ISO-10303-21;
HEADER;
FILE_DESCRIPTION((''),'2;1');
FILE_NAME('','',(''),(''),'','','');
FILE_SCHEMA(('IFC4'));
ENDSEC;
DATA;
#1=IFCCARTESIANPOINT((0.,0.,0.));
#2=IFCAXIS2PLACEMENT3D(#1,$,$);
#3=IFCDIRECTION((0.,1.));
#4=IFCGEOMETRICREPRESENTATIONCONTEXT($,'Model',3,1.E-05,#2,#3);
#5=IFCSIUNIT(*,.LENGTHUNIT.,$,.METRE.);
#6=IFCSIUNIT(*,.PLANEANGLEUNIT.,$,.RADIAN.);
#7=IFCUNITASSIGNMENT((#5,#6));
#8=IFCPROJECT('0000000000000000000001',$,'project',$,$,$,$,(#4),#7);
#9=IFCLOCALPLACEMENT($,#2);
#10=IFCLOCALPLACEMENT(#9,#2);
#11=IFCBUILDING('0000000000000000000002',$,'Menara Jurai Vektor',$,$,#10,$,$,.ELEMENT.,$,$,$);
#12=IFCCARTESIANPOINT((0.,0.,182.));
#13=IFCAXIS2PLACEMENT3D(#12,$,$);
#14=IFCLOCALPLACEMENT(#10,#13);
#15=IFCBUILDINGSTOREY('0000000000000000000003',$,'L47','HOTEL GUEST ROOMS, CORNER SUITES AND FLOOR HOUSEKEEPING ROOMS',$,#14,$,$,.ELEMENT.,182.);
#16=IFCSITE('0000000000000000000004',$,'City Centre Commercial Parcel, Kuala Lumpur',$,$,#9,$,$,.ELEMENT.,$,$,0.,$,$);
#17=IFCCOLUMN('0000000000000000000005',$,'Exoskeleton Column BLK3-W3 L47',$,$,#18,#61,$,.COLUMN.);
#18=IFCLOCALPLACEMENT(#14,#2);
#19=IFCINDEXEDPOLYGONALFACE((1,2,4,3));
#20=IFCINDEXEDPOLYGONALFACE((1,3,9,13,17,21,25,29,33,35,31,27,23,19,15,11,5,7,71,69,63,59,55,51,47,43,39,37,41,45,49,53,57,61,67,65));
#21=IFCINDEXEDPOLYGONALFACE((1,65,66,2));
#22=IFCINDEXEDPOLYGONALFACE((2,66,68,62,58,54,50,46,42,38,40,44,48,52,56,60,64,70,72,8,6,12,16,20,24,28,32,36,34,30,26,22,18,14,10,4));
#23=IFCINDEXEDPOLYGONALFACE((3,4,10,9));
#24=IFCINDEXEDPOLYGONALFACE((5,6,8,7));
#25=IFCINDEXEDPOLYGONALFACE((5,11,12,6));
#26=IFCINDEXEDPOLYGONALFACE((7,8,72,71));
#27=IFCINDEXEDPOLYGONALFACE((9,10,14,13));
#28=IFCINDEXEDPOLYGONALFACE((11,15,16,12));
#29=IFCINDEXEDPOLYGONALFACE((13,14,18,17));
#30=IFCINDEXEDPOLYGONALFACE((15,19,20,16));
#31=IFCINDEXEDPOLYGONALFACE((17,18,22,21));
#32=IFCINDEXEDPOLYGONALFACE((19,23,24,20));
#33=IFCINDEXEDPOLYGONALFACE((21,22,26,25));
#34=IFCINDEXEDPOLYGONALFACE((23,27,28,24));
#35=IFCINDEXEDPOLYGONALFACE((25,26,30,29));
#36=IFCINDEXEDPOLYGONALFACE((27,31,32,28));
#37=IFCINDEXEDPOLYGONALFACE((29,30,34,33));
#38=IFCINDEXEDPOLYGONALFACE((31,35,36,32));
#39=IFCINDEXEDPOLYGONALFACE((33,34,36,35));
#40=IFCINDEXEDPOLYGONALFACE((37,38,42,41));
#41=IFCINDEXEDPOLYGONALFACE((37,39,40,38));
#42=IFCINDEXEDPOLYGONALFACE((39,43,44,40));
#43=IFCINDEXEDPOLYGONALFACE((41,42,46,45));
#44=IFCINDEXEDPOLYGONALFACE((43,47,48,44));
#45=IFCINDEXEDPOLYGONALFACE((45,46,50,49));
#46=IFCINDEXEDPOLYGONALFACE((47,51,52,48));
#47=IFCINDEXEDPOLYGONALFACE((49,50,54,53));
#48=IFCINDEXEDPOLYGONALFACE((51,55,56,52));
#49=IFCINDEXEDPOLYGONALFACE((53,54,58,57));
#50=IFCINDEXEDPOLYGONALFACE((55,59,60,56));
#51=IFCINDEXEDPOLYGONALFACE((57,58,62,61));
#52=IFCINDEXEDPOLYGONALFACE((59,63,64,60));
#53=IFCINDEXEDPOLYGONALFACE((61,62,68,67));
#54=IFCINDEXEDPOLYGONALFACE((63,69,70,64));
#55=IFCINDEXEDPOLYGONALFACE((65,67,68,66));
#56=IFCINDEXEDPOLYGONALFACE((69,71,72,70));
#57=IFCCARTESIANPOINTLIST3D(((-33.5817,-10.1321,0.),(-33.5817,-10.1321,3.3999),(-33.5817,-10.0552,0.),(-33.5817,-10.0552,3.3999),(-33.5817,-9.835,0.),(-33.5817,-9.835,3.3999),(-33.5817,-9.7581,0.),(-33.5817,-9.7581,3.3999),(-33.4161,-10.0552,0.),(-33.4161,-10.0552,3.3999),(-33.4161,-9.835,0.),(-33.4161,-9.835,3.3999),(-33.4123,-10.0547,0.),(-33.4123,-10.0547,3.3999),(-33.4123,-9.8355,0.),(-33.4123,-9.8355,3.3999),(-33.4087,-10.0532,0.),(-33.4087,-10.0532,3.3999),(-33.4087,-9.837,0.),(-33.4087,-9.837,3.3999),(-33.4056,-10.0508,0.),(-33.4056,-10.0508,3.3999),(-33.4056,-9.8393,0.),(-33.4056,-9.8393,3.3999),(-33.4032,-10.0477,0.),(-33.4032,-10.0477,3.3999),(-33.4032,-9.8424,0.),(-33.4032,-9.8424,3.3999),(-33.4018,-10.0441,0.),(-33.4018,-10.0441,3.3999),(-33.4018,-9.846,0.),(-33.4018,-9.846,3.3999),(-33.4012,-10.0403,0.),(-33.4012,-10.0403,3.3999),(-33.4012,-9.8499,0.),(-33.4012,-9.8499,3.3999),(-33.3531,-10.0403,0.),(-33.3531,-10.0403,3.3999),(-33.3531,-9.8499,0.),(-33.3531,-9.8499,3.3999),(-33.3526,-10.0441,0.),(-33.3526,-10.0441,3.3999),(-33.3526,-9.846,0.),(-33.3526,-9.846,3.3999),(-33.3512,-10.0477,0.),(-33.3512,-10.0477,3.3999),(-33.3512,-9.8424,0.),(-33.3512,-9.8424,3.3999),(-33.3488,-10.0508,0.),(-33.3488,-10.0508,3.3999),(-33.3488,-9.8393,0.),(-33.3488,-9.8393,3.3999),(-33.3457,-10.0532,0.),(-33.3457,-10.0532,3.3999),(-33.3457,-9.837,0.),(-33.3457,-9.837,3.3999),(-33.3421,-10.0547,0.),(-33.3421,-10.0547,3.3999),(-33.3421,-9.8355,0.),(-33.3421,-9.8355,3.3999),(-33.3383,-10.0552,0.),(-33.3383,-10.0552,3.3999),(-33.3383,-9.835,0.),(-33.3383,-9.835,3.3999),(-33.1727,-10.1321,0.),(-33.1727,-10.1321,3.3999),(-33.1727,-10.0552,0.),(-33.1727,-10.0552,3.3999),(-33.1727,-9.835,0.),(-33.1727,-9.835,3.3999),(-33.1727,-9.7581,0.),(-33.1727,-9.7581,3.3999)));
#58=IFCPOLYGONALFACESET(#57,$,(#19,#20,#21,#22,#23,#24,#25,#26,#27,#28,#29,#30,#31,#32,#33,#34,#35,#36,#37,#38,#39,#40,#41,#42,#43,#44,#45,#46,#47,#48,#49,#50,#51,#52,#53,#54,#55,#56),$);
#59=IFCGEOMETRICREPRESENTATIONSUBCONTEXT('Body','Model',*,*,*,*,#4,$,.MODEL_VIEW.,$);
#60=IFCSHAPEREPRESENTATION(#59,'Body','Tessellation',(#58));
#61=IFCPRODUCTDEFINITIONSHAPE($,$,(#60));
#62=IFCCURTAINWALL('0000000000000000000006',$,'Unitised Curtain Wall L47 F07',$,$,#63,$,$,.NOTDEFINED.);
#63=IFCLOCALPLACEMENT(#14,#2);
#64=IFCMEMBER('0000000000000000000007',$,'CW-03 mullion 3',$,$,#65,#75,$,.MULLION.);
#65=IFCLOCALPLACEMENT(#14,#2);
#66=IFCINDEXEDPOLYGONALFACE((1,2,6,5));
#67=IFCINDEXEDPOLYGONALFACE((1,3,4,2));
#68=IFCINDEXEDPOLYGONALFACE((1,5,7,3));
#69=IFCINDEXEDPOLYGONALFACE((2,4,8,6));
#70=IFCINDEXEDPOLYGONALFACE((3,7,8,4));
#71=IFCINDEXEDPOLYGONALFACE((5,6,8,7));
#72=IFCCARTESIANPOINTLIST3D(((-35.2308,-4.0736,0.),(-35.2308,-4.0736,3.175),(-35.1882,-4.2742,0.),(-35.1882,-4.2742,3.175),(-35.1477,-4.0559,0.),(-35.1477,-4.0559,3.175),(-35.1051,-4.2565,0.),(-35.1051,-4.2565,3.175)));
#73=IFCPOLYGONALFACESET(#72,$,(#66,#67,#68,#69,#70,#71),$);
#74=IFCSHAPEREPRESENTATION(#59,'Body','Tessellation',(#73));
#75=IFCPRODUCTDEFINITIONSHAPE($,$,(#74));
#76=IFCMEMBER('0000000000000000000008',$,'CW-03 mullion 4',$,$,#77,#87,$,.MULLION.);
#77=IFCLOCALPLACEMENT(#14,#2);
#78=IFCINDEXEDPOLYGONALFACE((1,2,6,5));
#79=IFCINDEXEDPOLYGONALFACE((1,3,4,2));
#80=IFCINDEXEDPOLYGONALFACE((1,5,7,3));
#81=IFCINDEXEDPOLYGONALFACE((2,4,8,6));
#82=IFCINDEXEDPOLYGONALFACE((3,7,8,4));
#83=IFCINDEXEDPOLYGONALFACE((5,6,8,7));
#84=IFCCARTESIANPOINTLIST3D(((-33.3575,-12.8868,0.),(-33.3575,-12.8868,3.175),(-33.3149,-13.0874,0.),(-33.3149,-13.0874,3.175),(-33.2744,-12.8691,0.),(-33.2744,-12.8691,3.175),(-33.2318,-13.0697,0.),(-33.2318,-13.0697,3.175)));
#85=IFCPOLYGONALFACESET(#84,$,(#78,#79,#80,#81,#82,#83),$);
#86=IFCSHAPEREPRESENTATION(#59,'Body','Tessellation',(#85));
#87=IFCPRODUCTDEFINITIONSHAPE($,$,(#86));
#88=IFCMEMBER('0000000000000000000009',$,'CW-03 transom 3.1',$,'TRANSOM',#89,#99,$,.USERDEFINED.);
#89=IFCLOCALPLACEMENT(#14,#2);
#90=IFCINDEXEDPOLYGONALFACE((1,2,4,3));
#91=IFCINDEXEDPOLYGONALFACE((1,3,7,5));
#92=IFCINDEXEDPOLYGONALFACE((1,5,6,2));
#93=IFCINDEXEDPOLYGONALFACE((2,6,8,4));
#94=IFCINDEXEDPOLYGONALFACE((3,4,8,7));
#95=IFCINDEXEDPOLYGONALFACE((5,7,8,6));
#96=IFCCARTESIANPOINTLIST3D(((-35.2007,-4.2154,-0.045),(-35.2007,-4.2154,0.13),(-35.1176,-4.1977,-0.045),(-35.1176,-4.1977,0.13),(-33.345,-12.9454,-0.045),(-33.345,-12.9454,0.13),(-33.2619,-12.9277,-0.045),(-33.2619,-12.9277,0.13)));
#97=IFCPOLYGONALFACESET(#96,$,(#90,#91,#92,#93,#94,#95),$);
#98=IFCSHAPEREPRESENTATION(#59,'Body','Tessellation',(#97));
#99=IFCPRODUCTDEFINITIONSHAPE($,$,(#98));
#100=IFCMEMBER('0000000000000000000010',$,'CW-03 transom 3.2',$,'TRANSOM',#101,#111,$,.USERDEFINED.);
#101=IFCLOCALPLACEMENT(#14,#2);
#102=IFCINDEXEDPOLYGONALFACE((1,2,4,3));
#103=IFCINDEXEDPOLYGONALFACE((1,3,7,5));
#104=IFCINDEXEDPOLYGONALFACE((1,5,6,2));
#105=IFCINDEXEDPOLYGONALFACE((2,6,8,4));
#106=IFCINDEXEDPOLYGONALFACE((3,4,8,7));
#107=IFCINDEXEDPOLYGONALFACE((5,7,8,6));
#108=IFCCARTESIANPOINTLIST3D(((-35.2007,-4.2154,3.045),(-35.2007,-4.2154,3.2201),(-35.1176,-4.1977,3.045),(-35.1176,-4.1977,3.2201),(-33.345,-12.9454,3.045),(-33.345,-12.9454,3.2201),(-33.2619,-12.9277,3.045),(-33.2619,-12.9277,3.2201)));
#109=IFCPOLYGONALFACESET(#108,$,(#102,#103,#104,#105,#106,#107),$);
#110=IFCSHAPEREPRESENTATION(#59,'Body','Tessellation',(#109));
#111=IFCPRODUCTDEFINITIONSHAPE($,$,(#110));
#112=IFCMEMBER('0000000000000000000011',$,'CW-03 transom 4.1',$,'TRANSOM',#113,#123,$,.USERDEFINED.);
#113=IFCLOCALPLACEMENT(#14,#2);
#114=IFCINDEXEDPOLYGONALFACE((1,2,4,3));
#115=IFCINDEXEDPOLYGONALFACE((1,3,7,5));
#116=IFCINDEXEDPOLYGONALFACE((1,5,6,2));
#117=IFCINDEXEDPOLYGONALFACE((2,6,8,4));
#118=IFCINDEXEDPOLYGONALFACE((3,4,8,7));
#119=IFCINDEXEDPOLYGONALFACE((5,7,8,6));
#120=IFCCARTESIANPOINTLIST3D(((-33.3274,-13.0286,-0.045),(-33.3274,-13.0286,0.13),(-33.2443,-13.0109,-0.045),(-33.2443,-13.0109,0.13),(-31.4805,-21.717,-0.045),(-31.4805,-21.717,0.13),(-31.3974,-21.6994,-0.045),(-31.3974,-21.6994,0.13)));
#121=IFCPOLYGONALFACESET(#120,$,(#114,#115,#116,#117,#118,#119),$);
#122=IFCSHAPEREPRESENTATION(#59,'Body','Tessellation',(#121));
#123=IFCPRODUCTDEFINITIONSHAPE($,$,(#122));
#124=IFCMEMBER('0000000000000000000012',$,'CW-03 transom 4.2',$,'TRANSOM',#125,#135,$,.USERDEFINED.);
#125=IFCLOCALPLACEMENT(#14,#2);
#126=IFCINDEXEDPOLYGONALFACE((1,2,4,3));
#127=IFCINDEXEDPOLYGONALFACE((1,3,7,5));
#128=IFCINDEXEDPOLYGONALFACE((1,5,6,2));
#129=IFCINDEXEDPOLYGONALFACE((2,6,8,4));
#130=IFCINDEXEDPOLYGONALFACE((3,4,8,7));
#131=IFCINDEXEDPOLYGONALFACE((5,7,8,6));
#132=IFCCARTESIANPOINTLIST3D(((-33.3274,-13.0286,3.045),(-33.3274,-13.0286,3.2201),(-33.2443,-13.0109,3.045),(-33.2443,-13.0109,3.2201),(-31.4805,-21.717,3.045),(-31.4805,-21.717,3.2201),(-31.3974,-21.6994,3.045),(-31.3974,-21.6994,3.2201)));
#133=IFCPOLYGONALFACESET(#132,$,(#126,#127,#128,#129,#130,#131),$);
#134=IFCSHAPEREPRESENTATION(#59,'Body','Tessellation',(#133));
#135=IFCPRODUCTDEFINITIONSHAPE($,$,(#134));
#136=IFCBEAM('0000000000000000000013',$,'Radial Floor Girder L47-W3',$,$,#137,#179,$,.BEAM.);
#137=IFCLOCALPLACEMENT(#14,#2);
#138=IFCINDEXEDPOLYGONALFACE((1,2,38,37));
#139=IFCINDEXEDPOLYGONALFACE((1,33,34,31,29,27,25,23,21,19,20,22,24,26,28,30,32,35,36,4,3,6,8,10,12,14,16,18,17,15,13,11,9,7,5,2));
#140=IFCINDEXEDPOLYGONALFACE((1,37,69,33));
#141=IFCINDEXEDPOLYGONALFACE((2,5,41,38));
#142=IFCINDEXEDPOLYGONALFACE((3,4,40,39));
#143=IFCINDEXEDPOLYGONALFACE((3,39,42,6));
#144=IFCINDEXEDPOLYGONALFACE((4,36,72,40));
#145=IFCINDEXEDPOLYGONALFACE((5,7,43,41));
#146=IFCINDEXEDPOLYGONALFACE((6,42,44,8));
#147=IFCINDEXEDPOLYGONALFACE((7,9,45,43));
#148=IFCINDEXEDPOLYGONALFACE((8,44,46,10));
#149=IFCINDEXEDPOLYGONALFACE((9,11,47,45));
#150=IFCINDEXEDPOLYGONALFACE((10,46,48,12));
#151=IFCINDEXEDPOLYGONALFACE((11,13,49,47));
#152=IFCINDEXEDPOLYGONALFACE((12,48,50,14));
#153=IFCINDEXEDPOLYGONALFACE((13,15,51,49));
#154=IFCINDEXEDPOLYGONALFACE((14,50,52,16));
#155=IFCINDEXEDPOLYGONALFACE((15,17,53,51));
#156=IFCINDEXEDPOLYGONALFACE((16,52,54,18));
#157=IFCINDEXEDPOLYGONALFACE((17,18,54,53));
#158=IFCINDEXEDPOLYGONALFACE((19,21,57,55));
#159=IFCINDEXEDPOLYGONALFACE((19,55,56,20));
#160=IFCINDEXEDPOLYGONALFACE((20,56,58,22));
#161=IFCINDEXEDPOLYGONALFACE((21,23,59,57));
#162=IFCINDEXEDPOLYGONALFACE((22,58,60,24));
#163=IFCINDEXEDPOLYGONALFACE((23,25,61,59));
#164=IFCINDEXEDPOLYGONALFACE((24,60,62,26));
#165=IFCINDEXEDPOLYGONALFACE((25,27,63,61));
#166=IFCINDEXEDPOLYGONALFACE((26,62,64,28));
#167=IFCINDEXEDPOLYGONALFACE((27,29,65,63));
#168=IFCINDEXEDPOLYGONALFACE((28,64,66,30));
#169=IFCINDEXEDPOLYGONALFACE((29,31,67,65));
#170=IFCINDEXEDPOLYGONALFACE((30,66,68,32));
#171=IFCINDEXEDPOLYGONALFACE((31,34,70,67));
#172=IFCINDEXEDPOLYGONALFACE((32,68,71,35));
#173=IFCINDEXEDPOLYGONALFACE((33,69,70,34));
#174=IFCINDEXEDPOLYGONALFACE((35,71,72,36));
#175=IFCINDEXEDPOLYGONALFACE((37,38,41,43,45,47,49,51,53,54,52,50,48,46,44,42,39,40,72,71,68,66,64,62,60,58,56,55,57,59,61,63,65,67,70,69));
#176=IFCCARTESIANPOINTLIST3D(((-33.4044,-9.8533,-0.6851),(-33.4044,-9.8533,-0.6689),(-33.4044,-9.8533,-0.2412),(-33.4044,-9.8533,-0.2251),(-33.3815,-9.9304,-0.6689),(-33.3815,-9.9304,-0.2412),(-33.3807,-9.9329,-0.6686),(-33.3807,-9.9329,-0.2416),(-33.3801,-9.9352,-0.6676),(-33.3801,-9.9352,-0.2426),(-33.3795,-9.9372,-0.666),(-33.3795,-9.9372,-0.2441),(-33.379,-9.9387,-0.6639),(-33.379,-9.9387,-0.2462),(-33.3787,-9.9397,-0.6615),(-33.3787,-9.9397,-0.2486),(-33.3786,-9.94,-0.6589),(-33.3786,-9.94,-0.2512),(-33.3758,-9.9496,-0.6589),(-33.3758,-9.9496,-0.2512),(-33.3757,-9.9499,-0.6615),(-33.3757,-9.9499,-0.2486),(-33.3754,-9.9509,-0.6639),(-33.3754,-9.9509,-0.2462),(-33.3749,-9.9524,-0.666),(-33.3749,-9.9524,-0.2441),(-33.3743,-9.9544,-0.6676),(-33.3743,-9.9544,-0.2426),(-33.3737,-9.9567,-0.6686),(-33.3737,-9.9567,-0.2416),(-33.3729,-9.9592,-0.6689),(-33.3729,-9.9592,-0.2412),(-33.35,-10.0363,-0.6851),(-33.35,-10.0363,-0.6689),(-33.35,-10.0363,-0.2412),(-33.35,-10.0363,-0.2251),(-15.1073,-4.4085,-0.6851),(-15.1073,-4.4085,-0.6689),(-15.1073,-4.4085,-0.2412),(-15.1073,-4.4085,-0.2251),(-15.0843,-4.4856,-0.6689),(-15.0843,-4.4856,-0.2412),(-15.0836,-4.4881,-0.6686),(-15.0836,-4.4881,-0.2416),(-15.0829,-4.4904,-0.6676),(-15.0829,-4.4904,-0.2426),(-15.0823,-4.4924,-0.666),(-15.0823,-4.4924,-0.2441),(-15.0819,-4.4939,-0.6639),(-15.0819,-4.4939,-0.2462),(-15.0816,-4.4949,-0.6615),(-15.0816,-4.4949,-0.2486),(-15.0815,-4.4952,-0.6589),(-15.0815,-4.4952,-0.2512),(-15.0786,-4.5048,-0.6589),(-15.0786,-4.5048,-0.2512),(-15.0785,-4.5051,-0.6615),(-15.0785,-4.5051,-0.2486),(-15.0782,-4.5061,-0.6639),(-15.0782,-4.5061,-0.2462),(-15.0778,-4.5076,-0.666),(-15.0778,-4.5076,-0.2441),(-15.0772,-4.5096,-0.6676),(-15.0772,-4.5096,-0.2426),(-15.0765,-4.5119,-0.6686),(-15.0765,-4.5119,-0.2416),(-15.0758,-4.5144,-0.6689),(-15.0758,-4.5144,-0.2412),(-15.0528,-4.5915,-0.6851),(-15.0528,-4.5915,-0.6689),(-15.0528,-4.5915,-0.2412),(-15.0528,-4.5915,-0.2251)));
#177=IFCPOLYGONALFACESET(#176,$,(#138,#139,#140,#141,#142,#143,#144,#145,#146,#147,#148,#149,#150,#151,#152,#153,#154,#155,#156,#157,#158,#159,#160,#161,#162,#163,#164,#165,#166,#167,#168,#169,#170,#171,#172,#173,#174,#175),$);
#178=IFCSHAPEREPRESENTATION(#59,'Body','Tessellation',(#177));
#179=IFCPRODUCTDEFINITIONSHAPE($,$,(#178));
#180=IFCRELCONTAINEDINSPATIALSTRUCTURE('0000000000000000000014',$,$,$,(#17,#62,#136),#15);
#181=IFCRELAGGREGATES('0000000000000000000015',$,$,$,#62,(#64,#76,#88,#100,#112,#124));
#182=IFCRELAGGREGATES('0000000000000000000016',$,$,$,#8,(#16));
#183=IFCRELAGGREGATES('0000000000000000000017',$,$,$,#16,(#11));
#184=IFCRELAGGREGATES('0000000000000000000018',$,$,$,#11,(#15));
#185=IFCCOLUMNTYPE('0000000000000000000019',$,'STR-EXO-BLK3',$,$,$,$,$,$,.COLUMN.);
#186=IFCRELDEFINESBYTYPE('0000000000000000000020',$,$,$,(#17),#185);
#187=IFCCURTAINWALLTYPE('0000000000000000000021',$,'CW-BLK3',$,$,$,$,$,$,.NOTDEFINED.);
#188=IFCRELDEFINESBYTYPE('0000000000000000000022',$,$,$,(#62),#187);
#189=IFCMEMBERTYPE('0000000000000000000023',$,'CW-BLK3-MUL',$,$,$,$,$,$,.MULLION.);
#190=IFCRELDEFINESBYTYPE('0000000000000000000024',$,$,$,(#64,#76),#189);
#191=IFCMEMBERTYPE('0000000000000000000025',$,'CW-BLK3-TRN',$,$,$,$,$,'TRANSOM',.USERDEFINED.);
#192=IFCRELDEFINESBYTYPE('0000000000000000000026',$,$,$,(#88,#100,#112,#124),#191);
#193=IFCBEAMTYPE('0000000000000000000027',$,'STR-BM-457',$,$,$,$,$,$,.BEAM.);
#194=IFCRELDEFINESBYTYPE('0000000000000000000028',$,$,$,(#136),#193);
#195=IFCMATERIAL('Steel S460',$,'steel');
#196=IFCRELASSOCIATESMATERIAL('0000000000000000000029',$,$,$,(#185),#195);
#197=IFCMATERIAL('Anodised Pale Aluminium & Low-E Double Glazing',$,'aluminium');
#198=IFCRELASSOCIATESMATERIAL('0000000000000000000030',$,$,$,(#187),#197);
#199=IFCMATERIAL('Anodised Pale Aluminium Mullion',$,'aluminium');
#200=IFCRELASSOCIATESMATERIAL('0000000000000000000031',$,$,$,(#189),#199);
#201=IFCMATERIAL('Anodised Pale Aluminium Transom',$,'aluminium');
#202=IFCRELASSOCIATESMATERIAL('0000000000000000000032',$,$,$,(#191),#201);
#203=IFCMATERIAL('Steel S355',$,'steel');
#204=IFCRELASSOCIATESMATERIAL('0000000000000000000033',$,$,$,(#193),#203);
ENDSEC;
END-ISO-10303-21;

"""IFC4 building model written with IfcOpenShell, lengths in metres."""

from ifc_helpers import new_model, si_unit, direction, frame, origin, origin_2d, place, context, subcontext, project, spatial, rectangle, i_section, extrude, material, material_profile, profile_set, type_object, element, aggregate, save


model = new_model("IFC4")

# Units and contexts
model_context = context("Model", 3, precision=1e-05, world=origin(), true_north=direction((0.0, 1.0)))
body_context = subcontext(model_context, "Body", "Model", "MODEL_VIEW")
ifc_project = project(units=[si_unit("LENGTHUNIT", "METRE"), si_unit("PLANEANGLEUNIT", "RADIAN")], contexts=[model_context])

# Site, building, storey
site_placement = place(None, origin())
site = spatial("IfcSite", under=ifc_project, at=site_placement, Name="City Centre Commercial Parcel, Kuala Lumpur", CompositionType="ELEMENT", RefElevation=0.0)
building_placement = place(site_placement, origin())
building = spatial("IfcBuilding", under=site, at=building_placement, Name="Menara Jurai Vektor", CompositionType="ELEMENT")
storey_placement = place(building_placement, frame((0.0, 0.0, 182.0)))
storey = spatial("IfcBuildingStorey", under=building, at=storey_placement, Name="L47", Description="HOTEL GUEST ROOMS, CORNER SUITES AND FLOOR HOUSEKEEPING ROOMS", CompositionType="ELEMENT", Elevation=182.0)

# Column
ifc_material_1 = material(Name="Steel S460", Category="steel")
ifc_material_profile_1 = material_profile(ifc_material_1, i_section(OverallWidth=0.4089, OverallDepth=0.374, WebThickness=0.0481, FlangeThickness=0.0769, FilletRadius=0.0149, at=origin_2d()), Name="HD 400x634")
ifc_profile_set_1 = profile_set([ifc_material_profile_1], Name="Steel S460")
column_type = type_object("IfcColumnType", Name="STR-EXO-BLK3", PredefinedType="COLUMN", material=ifc_profile_set_1)
column_placement = place(storey_placement, frame((-33.3772, -9.9451, 0.0), z_axis=(0.0, 0.0, 1.0), x_axis=(1.0, 0.0, 0.0)))
element("IfcColumn", 1, at=column_placement, inside=storey, type_object=column_type, Name="Exoskeleton Column BLK3-W3 L47", PredefinedType="COLUMN", context=body_context, shape_type="SweptSolid", body=[
    extrude(i_section(OverallWidth=0.4089, OverallDepth=0.374, WebThickness=0.0481, FlangeThickness=0.0769, FilletRadius=0.0149, at=origin_2d()), origin(), (0.0, 0.0, 1.0), 3.3999),
])

# Curtain wall, members
ifc_material_2 = material(Name="Anodised Pale Aluminium & Low-E Double Glazing", Category="aluminium")
curtain_wall_type = type_object("IfcCurtainWallType", Name="CW-BLK3", PredefinedType="NOTDEFINED", material=ifc_material_2)
curtain_wall_placement = place(storey_placement, origin())
curtain_wall = element("IfcCurtainWall", 2, at=curtain_wall_placement, inside=storey, type_object=curtain_wall_type, Name="Unitised Curtain Wall L47 F07", PredefinedType="NOTDEFINED")
ifc_material_3 = material(Name="Anodised Pale Aluminium Mullion", Category="aluminium")
ifc_material_profile_2 = material_profile(ifc_material_3, rectangle(XDim=0.085, YDim=0.2051, at=origin_2d()), Name="ALU MUL 85x205")
ifc_profile_set_2 = profile_set([ifc_material_profile_2], Name="Anodised Pale Aluminium Mullion")
member_type_1 = type_object("IfcMemberType", Name="CW-BLK3-MUL", PredefinedType="MULLION", material=ifc_profile_set_2)
member_1_placement = place(storey_placement, frame((-35.168, -4.165, 0.0), z_axis=(0.0, 0.0, 1.0), x_axis=(0.978148, 0.20791, 0.0)))
member_1 = element("IfcMember", 3, at=member_1_placement, type_object=member_type_1, Name="CW-03 mullion 3", PredefinedType="MULLION", context=body_context, shape_type="SweptSolid", body=[
    extrude(rectangle(XDim=0.085, YDim=0.2051, at=origin_2d()), origin(), (0.0, 0.0, 1.0), 3.175),
])
member_2_placement = place(storey_placement, frame((-33.2947, -12.9783, 0.0), z_axis=(0.0, 0.0, 1.0), x_axis=(0.978148, 0.20791, 0.0)))
member_2 = element("IfcMember", 4, at=member_2_placement, type_object=member_type_1, Name="CW-03 mullion 4", PredefinedType="MULLION", context=body_context, shape_type="SweptSolid", body=[
    extrude(rectangle(XDim=0.085, YDim=0.2051, at=origin_2d()), origin(), (0.0, 0.0, 1.0), 3.175),
])
ifc_material_4 = material(Name="Anodised Pale Aluminium Transom", Category="aluminium")
ifc_material_profile_3 = material_profile(ifc_material_4, rectangle(XDim=0.085, YDim=0.175, at=origin_2d()), Name="ALU TRN 85x175")
ifc_profile_set_3 = profile_set([ifc_material_profile_3], Name="Anodised Pale Aluminium Transom")
member_type_2 = type_object("IfcMemberType", Name="CW-BLK3-TRN", ElementType="TRANSOM", PredefinedType="USERDEFINED", material=ifc_profile_set_3)
member_3_placement = place(storey_placement, frame((-35.1592, -4.2065, 0.0425), z_axis=(0.207922, -0.978145, 0.0), x_axis=(0.978145, 0.207922, 0.0)))
member_3 = element("IfcMember", 5, at=member_3_placement, type_object=member_type_2, Name="CW-03 transom 3.1", ObjectType="TRANSOM", PredefinedType="USERDEFINED", context=body_context, shape_type="SweptSolid", body=[
    extrude(rectangle(XDim=0.085, YDim=0.175, at=origin_2d()), origin(), (0.0, 0.0, 1.0), 8.925),
])
member_4_placement = place(storey_placement, frame((-35.1592, -4.2065, 3.1326), z_axis=(0.207922, -0.978145, 0.0), x_axis=(0.978145, 0.207922, 0.0)))
member_4 = element("IfcMember", 6, at=member_4_placement, type_object=member_type_2, Name="CW-03 transom 3.2", ObjectType="TRANSOM", PredefinedType="USERDEFINED", context=body_context, shape_type="SweptSolid", body=[
    extrude(rectangle(XDim=0.085, YDim=0.175, at=origin_2d()), origin(), (0.0, 0.0, 1.0), 8.925),
])
member_5_placement = place(storey_placement, frame((-33.2859, -13.0198, 0.0425), z_axis=(0.207926, -0.978145, 0.0), x_axis=(0.978145, 0.207926, 0.0)))
member_5 = element("IfcMember", 7, at=member_5_placement, type_object=member_type_2, Name="CW-03 transom 4.1", ObjectType="TRANSOM", PredefinedType="USERDEFINED", context=body_context, shape_type="SweptSolid", body=[
    extrude(rectangle(XDim=0.085, YDim=0.175, at=origin_2d()), origin(), (0.0, 0.0, 1.0), 8.8826),
])
member_6_placement = place(storey_placement, frame((-33.2859, -13.0198, 3.1326), z_axis=(0.207926, -0.978145, 0.0), x_axis=(0.978145, 0.207926, 0.0)))
member_6 = element("IfcMember", 8, at=member_6_placement, type_object=member_type_2, Name="CW-03 transom 4.2", ObjectType="TRANSOM", PredefinedType="USERDEFINED", context=body_context, shape_type="SweptSolid", body=[
    extrude(rectangle(XDim=0.085, YDim=0.175, at=origin_2d()), origin(), (0.0, 0.0, 1.0), 8.8826),
])

# Beam
ifc_material_5 = material(Name="Steel S355", Category="steel")
ifc_material_profile_4 = material_profile(ifc_material_5, i_section(OverallWidth=0.1909, OverallDepth=0.46, WebThickness=0.01, FlangeThickness=0.0161, FilletRadius=0.01, at=origin_2d()), Name="UKB 457x191x82")
ifc_profile_set_4 = profile_set([ifc_material_profile_4], Name="Steel S355")
beam_type_1 = type_object("IfcBeamType", Name="STR-BM-457", PredefinedType="BEAM", material=ifc_profile_set_4)
beam_1_placement = place(storey_placement, frame((-33.3772, -9.9448, -0.4551), z_axis=(0.958463, 0.285218, 0.0), x_axis=(-0.285218, 0.958463, 0.0)))
element("IfcBeam", 9, at=beam_1_placement, inside=storey, type_object=beam_type_1, Name="Radial Floor Girder L47-W3", PredefinedType="BEAM", context=body_context, shape_type="SweptSolid", body=[
    extrude(i_section(OverallWidth=0.1909, OverallDepth=0.46, WebThickness=0.01, FlangeThickness=0.0161, FilletRadius=0.01, at=origin_2d()), origin(), (0.0, 0.0, 1.0), 19.0901),
])

aggregate(curtain_wall, [member_1, member_2, member_3, member_4, member_5, member_6])

save(model, "model.ifc")
